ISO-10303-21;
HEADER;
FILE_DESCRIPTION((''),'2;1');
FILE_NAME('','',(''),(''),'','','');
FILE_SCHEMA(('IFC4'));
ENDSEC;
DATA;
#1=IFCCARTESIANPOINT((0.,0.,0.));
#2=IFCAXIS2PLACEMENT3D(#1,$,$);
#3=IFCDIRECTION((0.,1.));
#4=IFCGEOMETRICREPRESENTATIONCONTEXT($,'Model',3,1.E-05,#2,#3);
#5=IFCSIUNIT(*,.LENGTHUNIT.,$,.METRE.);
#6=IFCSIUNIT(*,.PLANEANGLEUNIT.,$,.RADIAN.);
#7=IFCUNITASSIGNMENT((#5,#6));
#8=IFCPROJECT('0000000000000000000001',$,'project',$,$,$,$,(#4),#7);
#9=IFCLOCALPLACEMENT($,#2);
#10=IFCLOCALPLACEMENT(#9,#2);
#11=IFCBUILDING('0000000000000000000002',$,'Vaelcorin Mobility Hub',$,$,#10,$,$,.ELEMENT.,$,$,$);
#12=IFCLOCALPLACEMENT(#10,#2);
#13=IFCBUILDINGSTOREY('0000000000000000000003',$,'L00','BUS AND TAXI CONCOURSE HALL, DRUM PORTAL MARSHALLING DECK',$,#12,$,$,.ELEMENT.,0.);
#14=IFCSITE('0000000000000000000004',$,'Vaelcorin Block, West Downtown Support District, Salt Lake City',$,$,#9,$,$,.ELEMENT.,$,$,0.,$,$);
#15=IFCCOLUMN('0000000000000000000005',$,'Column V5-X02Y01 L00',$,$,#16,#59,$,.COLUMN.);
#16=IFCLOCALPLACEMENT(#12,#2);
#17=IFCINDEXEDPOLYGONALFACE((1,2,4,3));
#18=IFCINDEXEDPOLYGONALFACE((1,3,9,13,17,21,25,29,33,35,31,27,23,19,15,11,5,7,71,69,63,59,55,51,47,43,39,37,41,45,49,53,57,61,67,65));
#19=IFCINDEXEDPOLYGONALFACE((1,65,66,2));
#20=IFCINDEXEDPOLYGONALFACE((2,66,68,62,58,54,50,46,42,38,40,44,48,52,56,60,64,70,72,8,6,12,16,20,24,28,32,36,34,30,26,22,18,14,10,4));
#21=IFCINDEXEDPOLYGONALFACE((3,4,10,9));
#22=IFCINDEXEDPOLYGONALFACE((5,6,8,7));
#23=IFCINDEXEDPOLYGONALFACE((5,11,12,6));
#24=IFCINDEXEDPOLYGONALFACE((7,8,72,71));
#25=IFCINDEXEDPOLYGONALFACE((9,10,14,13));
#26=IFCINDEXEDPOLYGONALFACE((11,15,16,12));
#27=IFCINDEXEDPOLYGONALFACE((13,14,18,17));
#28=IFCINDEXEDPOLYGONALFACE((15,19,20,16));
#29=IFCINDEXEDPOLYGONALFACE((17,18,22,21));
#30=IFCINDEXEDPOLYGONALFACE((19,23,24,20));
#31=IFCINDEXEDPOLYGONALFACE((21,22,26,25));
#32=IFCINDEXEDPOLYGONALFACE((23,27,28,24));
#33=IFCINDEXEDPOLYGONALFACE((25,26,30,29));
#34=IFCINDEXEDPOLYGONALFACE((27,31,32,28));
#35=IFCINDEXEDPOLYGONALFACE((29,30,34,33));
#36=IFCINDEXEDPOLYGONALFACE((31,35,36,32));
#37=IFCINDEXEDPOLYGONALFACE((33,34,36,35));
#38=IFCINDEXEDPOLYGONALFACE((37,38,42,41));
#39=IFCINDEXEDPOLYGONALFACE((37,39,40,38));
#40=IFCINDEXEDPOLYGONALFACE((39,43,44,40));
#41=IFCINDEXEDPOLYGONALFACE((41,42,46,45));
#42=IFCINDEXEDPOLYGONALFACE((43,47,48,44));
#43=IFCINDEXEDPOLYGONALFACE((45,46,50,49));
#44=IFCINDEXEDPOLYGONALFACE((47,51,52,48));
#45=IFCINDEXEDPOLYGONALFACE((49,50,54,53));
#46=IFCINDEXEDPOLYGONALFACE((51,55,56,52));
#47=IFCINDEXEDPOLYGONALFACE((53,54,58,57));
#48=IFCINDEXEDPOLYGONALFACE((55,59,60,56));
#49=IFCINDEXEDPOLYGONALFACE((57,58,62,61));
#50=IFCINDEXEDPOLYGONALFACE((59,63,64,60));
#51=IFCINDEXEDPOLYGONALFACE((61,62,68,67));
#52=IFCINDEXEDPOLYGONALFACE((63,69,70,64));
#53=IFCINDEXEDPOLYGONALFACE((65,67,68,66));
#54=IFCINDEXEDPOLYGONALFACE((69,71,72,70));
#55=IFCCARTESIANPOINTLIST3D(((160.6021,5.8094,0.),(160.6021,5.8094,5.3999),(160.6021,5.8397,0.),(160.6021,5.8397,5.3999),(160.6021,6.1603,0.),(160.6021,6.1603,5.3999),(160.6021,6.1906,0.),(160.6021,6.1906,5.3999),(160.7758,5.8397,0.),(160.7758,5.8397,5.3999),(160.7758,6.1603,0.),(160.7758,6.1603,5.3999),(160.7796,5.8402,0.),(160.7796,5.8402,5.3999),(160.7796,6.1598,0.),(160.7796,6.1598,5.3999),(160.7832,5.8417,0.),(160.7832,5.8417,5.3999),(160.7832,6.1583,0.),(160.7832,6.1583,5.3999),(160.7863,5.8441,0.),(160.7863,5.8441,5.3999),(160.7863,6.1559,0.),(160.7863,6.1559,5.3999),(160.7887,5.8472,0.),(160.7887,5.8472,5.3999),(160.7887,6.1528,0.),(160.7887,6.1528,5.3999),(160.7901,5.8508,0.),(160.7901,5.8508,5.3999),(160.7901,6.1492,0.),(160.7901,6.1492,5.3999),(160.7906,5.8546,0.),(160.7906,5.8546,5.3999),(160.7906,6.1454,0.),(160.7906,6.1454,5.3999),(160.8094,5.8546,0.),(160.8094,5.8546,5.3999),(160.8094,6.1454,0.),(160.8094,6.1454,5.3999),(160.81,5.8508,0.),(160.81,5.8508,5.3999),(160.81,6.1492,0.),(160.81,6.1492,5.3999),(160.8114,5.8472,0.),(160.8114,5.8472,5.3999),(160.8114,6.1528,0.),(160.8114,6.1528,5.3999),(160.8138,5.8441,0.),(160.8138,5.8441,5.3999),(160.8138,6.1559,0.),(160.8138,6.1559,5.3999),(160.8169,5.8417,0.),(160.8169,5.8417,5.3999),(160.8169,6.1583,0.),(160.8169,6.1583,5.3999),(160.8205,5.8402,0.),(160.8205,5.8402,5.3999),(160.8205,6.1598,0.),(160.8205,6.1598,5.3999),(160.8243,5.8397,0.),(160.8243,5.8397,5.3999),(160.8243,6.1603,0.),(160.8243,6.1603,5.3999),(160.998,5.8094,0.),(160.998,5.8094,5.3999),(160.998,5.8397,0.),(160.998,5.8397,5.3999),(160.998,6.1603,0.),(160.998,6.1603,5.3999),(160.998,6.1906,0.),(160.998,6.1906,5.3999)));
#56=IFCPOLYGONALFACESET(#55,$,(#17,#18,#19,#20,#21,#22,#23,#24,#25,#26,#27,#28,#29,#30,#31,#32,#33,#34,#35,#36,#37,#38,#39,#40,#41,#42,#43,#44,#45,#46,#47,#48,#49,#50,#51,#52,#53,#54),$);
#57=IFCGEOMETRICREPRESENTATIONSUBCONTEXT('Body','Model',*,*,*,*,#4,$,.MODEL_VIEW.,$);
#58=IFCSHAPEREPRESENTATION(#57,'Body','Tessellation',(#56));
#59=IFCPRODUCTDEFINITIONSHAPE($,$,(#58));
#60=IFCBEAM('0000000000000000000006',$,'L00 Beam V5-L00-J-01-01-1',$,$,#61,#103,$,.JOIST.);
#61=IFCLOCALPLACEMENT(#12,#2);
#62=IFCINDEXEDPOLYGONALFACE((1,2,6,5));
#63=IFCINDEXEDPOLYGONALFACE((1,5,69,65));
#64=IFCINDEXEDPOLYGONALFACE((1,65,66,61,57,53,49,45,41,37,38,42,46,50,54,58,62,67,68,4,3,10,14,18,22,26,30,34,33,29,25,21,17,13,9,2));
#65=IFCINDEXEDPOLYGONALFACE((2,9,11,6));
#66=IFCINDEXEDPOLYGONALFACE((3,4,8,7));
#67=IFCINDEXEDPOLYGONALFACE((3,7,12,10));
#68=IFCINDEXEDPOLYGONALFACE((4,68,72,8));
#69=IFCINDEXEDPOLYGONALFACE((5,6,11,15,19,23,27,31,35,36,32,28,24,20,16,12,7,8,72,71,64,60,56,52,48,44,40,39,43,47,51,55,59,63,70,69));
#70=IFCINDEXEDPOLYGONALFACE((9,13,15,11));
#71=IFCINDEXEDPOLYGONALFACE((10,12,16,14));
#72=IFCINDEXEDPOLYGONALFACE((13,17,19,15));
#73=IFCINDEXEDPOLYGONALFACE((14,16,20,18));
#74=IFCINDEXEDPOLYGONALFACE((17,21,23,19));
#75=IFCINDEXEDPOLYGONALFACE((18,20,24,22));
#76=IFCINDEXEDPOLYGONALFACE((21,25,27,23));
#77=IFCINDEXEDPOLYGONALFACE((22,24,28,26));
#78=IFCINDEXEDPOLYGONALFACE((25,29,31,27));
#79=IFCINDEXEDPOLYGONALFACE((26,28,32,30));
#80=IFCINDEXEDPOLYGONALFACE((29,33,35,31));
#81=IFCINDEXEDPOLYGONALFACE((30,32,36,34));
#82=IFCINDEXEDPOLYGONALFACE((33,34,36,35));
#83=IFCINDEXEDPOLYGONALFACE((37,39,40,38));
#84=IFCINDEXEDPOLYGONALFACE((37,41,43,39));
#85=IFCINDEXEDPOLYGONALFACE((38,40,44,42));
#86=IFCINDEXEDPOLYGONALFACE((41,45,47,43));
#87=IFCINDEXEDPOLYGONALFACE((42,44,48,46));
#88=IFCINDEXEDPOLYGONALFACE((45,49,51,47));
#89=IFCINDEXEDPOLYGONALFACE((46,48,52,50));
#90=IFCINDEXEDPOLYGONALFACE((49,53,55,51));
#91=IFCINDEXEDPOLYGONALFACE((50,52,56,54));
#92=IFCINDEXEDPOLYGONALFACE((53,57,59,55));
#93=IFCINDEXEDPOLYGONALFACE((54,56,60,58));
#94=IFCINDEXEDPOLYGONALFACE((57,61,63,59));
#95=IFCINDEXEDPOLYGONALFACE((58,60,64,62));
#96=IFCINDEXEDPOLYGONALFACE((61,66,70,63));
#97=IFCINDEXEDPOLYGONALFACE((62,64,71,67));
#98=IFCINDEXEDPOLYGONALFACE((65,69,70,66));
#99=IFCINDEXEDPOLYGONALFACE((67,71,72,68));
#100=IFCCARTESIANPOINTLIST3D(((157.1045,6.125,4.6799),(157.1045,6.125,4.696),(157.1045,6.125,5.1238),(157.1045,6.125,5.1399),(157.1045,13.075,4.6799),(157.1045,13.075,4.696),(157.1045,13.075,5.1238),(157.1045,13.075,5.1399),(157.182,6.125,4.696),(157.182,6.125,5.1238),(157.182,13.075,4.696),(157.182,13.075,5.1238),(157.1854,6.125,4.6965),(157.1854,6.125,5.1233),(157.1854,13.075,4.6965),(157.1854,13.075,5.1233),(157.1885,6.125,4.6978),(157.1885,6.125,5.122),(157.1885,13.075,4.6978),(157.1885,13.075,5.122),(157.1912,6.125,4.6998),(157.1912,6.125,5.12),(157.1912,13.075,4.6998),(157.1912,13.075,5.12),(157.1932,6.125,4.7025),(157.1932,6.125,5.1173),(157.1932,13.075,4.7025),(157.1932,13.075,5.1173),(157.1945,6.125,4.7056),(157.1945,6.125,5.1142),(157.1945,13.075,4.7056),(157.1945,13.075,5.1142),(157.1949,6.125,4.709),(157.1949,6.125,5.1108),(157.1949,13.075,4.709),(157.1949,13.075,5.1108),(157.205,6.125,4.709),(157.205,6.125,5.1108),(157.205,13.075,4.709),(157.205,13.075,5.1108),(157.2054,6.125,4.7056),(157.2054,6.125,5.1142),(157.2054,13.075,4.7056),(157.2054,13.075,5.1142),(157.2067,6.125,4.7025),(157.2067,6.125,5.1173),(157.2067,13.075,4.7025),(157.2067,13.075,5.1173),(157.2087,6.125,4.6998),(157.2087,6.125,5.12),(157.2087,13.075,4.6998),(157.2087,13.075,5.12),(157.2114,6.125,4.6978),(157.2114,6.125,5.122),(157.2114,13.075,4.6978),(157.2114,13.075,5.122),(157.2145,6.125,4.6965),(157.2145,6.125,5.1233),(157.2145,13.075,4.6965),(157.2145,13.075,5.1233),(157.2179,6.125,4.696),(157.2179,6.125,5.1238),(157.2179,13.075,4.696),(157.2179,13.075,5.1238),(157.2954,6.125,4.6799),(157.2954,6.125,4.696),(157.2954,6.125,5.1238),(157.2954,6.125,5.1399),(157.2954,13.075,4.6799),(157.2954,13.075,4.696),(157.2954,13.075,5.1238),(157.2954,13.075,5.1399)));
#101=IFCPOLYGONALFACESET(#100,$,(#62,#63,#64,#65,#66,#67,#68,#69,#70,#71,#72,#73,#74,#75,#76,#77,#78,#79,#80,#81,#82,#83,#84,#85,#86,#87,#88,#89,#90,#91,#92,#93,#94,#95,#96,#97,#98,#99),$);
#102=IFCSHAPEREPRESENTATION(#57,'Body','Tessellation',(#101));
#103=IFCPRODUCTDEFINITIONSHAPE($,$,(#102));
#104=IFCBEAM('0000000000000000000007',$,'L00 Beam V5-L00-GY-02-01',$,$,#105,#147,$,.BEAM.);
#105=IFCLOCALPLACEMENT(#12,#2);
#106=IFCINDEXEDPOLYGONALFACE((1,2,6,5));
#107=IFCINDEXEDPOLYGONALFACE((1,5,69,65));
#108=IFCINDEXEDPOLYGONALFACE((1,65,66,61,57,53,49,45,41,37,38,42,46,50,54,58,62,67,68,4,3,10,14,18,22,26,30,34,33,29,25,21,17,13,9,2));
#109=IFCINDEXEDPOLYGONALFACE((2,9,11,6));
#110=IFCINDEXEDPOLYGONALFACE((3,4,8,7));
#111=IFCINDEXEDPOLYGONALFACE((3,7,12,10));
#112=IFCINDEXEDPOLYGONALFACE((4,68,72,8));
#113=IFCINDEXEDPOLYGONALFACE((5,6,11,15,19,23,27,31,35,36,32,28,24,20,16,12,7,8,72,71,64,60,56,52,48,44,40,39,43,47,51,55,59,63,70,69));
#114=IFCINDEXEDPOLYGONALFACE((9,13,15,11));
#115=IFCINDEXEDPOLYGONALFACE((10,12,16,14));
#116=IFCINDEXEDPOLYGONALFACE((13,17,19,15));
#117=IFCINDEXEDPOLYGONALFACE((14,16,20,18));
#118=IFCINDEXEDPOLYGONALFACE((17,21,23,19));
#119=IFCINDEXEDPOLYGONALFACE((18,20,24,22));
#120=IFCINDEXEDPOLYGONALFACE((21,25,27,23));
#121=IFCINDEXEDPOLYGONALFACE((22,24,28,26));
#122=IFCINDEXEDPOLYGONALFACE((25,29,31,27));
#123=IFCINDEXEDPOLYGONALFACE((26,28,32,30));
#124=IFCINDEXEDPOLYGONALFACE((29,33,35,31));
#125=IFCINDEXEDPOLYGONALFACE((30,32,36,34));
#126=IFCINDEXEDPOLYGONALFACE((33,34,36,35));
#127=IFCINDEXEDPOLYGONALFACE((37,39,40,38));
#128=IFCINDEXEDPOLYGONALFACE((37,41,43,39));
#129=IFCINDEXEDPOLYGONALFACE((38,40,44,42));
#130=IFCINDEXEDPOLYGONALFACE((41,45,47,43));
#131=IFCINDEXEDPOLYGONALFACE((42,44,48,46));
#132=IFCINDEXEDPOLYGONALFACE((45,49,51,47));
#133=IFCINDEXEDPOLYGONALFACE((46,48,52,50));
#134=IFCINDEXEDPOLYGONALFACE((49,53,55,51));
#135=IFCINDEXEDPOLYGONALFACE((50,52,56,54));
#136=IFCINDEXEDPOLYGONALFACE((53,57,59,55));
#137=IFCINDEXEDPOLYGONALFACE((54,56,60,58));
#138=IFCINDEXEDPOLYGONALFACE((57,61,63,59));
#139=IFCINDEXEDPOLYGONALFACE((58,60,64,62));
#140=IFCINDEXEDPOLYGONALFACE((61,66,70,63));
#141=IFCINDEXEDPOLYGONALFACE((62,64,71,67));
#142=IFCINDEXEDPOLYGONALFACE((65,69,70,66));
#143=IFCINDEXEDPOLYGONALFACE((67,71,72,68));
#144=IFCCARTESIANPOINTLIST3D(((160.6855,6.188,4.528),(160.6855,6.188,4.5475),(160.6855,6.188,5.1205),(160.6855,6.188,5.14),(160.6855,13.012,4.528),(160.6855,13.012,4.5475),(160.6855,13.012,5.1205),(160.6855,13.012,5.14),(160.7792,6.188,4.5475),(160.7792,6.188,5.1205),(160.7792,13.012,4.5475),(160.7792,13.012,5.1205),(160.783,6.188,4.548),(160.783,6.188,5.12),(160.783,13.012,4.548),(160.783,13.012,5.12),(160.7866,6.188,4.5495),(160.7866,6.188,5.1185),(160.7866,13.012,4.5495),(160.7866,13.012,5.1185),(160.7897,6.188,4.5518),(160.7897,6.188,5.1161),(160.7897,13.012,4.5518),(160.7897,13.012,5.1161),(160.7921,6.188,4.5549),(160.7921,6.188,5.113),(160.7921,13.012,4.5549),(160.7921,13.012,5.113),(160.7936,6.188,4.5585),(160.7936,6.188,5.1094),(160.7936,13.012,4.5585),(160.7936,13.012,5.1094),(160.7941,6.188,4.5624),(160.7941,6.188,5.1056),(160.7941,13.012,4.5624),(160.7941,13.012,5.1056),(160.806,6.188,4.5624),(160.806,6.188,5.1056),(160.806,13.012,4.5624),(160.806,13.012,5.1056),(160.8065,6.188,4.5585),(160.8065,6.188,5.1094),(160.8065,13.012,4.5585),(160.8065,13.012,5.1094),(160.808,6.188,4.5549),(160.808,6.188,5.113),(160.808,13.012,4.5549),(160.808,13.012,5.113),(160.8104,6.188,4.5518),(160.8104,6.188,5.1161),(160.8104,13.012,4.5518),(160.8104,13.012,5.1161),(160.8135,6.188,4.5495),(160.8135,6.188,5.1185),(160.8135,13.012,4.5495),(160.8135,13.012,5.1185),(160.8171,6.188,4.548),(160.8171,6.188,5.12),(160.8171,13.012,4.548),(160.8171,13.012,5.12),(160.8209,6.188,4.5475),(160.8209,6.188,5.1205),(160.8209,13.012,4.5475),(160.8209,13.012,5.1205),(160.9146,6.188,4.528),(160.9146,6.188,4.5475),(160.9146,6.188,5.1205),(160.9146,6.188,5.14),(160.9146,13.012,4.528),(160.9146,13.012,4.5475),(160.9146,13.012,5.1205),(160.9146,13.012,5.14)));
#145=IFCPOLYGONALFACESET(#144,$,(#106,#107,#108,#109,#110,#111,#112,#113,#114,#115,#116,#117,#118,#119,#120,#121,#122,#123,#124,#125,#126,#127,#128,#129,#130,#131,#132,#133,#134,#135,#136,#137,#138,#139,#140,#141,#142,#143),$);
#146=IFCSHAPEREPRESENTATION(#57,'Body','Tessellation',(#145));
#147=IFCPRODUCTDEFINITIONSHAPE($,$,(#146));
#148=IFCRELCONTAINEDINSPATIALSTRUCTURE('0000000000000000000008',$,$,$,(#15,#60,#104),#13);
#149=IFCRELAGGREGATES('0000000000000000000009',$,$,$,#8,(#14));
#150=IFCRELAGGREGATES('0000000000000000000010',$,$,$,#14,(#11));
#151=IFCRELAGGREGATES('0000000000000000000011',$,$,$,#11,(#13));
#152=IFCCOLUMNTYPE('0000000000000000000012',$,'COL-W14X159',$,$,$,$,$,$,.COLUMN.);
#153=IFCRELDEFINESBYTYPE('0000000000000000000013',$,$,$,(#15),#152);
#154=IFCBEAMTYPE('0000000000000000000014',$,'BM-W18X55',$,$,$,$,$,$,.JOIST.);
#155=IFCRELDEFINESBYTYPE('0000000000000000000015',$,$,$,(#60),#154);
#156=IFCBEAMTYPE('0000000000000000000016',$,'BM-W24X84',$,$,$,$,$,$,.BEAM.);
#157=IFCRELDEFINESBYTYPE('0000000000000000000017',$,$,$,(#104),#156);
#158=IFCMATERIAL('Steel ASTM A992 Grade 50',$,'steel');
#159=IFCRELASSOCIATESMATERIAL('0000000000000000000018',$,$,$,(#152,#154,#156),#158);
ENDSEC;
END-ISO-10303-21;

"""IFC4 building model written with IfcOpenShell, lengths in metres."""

from ifc_helpers import new_model, si_unit, direction, frame, origin, origin_2d, place, context, subcontext, project, spatial, i_section, extrude, material, material_profile, profile_set, type_object, element, save


model = new_model("IFC4")

# Units and contexts
model_context = context("Model", 3, precision=1e-05, world=origin(), true_north=direction((0.0, 1.0)))
body_context = subcontext(model_context, "Body", "Model", "MODEL_VIEW")
ifc_project = project(units=[si_unit("LENGTHUNIT", "METRE"), si_unit("PLANEANGLEUNIT", "RADIAN")], contexts=[model_context])

# Site, building, storey
site_placement = place(None, origin())
site = spatial("IfcSite", under=ifc_project, at=site_placement, Name="Vaelcorin Block, West Downtown Support District, Salt Lake City", CompositionType="ELEMENT", RefElevation=0.0)
building_placement = place(site_placement, origin())
building = spatial("IfcBuilding", under=site, at=building_placement, Name="Vaelcorin Mobility Hub", CompositionType="ELEMENT")
storey_placement = place(building_placement, origin())
storey = spatial("IfcBuildingStorey", under=building, at=storey_placement, Name="L00", Description="BUS AND TAXI CONCOURSE HALL, DRUM PORTAL MARSHALLING DECK", CompositionType="ELEMENT", Elevation=0.0)

# Column
ifc_material_1 = material(Name="Steel ASTM A992 Grade 50", Category="steel")
ifc_material_profile_1 = material_profile(ifc_material_1, i_section(OverallWidth=0.396, OverallDepth=0.3811, WebThickness=0.0188, FlangeThickness=0.0303, FilletRadius=0.0149, at=origin_2d()), Name="W14X159")
ifc_profile_set_1 = profile_set([ifc_material_profile_1], Name="Steel ASTM A992 Grade 50")
column_type = type_object("IfcColumnType", Name="COL-W14X159", PredefinedType="COLUMN", material=ifc_profile_set_1)
column_placement = place(storey_placement, frame((160.8, 6.0, 0.0), z_axis=(0.0, 0.0, 1.0), x_axis=(1.0, 0.0, 0.0)))
element("IfcColumn", 1, at=column_placement, inside=storey, type_object=column_type, Name="Column V5-X02Y01 L00", PredefinedType="COLUMN", context=body_context, shape_type="SweptSolid", body=[
    extrude(i_section(OverallWidth=0.396, OverallDepth=0.3811, WebThickness=0.0188, FlangeThickness=0.0303, FilletRadius=0.0149, at=origin_2d()), origin(), (0.0, 0.0, 1.0), 5.3999),
])

# Beams
ifc_material_profile_2 = material_profile(ifc_material_1, i_section(OverallWidth=0.1909, OverallDepth=0.46, WebThickness=0.01, FlangeThickness=0.0161, FilletRadius=0.0129, at=origin_2d()), Name="W18X55")
ifc_profile_set_2 = profile_set([ifc_material_profile_2], Name="Steel ASTM A992 Grade 50")
beam_type_1 = type_object("IfcBeamType", Name="BM-W18X55", PredefinedType="JOIST", material=ifc_profile_set_2)
beam_1_placement = place(storey_placement, frame((157.2, 6.125, 4.9099), z_axis=(0.0, 1.0, 0.0), x_axis=(-1.0, 0.0, 0.0)))
element("IfcBeam", 2, at=beam_1_placement, inside=storey, type_object=beam_type_1, Name="L00 Beam V5-L00-J-01-01-1", PredefinedType="JOIST", context=body_context, shape_type="SweptSolid", body=[
    extrude(i_section(OverallWidth=0.1909, OverallDepth=0.46, WebThickness=0.01, FlangeThickness=0.0161, FilletRadius=0.0129, at=origin_2d()), origin(), (0.0, 0.0, 1.0), 6.95),
])
ifc_material_profile_3 = material_profile(ifc_material_1, i_section(OverallWidth=0.229, OverallDepth=0.6121, WebThickness=0.012, FlangeThickness=0.0195, FilletRadius=0.0149, at=origin_2d()), Name="W24X84")
ifc_profile_set_3 = profile_set([ifc_material_profile_3], Name="Steel ASTM A992 Grade 50")
beam_type_2 = type_object("IfcBeamType", Name="BM-W24X84", PredefinedType="BEAM", material=ifc_profile_set_3)
beam_2_placement = place(storey_placement, frame((160.8, 6.188, 4.834), z_axis=(0.0, 1.0, 0.0), x_axis=(-1.0, 0.0, 0.0)))
element("IfcBeam", 3, at=beam_2_placement, inside=storey, type_object=beam_type_2, Name="L00 Beam V5-L00-GY-02-01", PredefinedType="BEAM", context=body_context, shape_type="SweptSolid", body=[
    extrude(i_section(OverallWidth=0.229, OverallDepth=0.6121, WebThickness=0.012, FlangeThickness=0.0195, FilletRadius=0.0149, at=origin_2d()), origin(), (0.0, 0.0, 1.0), 6.824),
])

save(model, "model.ifc")
